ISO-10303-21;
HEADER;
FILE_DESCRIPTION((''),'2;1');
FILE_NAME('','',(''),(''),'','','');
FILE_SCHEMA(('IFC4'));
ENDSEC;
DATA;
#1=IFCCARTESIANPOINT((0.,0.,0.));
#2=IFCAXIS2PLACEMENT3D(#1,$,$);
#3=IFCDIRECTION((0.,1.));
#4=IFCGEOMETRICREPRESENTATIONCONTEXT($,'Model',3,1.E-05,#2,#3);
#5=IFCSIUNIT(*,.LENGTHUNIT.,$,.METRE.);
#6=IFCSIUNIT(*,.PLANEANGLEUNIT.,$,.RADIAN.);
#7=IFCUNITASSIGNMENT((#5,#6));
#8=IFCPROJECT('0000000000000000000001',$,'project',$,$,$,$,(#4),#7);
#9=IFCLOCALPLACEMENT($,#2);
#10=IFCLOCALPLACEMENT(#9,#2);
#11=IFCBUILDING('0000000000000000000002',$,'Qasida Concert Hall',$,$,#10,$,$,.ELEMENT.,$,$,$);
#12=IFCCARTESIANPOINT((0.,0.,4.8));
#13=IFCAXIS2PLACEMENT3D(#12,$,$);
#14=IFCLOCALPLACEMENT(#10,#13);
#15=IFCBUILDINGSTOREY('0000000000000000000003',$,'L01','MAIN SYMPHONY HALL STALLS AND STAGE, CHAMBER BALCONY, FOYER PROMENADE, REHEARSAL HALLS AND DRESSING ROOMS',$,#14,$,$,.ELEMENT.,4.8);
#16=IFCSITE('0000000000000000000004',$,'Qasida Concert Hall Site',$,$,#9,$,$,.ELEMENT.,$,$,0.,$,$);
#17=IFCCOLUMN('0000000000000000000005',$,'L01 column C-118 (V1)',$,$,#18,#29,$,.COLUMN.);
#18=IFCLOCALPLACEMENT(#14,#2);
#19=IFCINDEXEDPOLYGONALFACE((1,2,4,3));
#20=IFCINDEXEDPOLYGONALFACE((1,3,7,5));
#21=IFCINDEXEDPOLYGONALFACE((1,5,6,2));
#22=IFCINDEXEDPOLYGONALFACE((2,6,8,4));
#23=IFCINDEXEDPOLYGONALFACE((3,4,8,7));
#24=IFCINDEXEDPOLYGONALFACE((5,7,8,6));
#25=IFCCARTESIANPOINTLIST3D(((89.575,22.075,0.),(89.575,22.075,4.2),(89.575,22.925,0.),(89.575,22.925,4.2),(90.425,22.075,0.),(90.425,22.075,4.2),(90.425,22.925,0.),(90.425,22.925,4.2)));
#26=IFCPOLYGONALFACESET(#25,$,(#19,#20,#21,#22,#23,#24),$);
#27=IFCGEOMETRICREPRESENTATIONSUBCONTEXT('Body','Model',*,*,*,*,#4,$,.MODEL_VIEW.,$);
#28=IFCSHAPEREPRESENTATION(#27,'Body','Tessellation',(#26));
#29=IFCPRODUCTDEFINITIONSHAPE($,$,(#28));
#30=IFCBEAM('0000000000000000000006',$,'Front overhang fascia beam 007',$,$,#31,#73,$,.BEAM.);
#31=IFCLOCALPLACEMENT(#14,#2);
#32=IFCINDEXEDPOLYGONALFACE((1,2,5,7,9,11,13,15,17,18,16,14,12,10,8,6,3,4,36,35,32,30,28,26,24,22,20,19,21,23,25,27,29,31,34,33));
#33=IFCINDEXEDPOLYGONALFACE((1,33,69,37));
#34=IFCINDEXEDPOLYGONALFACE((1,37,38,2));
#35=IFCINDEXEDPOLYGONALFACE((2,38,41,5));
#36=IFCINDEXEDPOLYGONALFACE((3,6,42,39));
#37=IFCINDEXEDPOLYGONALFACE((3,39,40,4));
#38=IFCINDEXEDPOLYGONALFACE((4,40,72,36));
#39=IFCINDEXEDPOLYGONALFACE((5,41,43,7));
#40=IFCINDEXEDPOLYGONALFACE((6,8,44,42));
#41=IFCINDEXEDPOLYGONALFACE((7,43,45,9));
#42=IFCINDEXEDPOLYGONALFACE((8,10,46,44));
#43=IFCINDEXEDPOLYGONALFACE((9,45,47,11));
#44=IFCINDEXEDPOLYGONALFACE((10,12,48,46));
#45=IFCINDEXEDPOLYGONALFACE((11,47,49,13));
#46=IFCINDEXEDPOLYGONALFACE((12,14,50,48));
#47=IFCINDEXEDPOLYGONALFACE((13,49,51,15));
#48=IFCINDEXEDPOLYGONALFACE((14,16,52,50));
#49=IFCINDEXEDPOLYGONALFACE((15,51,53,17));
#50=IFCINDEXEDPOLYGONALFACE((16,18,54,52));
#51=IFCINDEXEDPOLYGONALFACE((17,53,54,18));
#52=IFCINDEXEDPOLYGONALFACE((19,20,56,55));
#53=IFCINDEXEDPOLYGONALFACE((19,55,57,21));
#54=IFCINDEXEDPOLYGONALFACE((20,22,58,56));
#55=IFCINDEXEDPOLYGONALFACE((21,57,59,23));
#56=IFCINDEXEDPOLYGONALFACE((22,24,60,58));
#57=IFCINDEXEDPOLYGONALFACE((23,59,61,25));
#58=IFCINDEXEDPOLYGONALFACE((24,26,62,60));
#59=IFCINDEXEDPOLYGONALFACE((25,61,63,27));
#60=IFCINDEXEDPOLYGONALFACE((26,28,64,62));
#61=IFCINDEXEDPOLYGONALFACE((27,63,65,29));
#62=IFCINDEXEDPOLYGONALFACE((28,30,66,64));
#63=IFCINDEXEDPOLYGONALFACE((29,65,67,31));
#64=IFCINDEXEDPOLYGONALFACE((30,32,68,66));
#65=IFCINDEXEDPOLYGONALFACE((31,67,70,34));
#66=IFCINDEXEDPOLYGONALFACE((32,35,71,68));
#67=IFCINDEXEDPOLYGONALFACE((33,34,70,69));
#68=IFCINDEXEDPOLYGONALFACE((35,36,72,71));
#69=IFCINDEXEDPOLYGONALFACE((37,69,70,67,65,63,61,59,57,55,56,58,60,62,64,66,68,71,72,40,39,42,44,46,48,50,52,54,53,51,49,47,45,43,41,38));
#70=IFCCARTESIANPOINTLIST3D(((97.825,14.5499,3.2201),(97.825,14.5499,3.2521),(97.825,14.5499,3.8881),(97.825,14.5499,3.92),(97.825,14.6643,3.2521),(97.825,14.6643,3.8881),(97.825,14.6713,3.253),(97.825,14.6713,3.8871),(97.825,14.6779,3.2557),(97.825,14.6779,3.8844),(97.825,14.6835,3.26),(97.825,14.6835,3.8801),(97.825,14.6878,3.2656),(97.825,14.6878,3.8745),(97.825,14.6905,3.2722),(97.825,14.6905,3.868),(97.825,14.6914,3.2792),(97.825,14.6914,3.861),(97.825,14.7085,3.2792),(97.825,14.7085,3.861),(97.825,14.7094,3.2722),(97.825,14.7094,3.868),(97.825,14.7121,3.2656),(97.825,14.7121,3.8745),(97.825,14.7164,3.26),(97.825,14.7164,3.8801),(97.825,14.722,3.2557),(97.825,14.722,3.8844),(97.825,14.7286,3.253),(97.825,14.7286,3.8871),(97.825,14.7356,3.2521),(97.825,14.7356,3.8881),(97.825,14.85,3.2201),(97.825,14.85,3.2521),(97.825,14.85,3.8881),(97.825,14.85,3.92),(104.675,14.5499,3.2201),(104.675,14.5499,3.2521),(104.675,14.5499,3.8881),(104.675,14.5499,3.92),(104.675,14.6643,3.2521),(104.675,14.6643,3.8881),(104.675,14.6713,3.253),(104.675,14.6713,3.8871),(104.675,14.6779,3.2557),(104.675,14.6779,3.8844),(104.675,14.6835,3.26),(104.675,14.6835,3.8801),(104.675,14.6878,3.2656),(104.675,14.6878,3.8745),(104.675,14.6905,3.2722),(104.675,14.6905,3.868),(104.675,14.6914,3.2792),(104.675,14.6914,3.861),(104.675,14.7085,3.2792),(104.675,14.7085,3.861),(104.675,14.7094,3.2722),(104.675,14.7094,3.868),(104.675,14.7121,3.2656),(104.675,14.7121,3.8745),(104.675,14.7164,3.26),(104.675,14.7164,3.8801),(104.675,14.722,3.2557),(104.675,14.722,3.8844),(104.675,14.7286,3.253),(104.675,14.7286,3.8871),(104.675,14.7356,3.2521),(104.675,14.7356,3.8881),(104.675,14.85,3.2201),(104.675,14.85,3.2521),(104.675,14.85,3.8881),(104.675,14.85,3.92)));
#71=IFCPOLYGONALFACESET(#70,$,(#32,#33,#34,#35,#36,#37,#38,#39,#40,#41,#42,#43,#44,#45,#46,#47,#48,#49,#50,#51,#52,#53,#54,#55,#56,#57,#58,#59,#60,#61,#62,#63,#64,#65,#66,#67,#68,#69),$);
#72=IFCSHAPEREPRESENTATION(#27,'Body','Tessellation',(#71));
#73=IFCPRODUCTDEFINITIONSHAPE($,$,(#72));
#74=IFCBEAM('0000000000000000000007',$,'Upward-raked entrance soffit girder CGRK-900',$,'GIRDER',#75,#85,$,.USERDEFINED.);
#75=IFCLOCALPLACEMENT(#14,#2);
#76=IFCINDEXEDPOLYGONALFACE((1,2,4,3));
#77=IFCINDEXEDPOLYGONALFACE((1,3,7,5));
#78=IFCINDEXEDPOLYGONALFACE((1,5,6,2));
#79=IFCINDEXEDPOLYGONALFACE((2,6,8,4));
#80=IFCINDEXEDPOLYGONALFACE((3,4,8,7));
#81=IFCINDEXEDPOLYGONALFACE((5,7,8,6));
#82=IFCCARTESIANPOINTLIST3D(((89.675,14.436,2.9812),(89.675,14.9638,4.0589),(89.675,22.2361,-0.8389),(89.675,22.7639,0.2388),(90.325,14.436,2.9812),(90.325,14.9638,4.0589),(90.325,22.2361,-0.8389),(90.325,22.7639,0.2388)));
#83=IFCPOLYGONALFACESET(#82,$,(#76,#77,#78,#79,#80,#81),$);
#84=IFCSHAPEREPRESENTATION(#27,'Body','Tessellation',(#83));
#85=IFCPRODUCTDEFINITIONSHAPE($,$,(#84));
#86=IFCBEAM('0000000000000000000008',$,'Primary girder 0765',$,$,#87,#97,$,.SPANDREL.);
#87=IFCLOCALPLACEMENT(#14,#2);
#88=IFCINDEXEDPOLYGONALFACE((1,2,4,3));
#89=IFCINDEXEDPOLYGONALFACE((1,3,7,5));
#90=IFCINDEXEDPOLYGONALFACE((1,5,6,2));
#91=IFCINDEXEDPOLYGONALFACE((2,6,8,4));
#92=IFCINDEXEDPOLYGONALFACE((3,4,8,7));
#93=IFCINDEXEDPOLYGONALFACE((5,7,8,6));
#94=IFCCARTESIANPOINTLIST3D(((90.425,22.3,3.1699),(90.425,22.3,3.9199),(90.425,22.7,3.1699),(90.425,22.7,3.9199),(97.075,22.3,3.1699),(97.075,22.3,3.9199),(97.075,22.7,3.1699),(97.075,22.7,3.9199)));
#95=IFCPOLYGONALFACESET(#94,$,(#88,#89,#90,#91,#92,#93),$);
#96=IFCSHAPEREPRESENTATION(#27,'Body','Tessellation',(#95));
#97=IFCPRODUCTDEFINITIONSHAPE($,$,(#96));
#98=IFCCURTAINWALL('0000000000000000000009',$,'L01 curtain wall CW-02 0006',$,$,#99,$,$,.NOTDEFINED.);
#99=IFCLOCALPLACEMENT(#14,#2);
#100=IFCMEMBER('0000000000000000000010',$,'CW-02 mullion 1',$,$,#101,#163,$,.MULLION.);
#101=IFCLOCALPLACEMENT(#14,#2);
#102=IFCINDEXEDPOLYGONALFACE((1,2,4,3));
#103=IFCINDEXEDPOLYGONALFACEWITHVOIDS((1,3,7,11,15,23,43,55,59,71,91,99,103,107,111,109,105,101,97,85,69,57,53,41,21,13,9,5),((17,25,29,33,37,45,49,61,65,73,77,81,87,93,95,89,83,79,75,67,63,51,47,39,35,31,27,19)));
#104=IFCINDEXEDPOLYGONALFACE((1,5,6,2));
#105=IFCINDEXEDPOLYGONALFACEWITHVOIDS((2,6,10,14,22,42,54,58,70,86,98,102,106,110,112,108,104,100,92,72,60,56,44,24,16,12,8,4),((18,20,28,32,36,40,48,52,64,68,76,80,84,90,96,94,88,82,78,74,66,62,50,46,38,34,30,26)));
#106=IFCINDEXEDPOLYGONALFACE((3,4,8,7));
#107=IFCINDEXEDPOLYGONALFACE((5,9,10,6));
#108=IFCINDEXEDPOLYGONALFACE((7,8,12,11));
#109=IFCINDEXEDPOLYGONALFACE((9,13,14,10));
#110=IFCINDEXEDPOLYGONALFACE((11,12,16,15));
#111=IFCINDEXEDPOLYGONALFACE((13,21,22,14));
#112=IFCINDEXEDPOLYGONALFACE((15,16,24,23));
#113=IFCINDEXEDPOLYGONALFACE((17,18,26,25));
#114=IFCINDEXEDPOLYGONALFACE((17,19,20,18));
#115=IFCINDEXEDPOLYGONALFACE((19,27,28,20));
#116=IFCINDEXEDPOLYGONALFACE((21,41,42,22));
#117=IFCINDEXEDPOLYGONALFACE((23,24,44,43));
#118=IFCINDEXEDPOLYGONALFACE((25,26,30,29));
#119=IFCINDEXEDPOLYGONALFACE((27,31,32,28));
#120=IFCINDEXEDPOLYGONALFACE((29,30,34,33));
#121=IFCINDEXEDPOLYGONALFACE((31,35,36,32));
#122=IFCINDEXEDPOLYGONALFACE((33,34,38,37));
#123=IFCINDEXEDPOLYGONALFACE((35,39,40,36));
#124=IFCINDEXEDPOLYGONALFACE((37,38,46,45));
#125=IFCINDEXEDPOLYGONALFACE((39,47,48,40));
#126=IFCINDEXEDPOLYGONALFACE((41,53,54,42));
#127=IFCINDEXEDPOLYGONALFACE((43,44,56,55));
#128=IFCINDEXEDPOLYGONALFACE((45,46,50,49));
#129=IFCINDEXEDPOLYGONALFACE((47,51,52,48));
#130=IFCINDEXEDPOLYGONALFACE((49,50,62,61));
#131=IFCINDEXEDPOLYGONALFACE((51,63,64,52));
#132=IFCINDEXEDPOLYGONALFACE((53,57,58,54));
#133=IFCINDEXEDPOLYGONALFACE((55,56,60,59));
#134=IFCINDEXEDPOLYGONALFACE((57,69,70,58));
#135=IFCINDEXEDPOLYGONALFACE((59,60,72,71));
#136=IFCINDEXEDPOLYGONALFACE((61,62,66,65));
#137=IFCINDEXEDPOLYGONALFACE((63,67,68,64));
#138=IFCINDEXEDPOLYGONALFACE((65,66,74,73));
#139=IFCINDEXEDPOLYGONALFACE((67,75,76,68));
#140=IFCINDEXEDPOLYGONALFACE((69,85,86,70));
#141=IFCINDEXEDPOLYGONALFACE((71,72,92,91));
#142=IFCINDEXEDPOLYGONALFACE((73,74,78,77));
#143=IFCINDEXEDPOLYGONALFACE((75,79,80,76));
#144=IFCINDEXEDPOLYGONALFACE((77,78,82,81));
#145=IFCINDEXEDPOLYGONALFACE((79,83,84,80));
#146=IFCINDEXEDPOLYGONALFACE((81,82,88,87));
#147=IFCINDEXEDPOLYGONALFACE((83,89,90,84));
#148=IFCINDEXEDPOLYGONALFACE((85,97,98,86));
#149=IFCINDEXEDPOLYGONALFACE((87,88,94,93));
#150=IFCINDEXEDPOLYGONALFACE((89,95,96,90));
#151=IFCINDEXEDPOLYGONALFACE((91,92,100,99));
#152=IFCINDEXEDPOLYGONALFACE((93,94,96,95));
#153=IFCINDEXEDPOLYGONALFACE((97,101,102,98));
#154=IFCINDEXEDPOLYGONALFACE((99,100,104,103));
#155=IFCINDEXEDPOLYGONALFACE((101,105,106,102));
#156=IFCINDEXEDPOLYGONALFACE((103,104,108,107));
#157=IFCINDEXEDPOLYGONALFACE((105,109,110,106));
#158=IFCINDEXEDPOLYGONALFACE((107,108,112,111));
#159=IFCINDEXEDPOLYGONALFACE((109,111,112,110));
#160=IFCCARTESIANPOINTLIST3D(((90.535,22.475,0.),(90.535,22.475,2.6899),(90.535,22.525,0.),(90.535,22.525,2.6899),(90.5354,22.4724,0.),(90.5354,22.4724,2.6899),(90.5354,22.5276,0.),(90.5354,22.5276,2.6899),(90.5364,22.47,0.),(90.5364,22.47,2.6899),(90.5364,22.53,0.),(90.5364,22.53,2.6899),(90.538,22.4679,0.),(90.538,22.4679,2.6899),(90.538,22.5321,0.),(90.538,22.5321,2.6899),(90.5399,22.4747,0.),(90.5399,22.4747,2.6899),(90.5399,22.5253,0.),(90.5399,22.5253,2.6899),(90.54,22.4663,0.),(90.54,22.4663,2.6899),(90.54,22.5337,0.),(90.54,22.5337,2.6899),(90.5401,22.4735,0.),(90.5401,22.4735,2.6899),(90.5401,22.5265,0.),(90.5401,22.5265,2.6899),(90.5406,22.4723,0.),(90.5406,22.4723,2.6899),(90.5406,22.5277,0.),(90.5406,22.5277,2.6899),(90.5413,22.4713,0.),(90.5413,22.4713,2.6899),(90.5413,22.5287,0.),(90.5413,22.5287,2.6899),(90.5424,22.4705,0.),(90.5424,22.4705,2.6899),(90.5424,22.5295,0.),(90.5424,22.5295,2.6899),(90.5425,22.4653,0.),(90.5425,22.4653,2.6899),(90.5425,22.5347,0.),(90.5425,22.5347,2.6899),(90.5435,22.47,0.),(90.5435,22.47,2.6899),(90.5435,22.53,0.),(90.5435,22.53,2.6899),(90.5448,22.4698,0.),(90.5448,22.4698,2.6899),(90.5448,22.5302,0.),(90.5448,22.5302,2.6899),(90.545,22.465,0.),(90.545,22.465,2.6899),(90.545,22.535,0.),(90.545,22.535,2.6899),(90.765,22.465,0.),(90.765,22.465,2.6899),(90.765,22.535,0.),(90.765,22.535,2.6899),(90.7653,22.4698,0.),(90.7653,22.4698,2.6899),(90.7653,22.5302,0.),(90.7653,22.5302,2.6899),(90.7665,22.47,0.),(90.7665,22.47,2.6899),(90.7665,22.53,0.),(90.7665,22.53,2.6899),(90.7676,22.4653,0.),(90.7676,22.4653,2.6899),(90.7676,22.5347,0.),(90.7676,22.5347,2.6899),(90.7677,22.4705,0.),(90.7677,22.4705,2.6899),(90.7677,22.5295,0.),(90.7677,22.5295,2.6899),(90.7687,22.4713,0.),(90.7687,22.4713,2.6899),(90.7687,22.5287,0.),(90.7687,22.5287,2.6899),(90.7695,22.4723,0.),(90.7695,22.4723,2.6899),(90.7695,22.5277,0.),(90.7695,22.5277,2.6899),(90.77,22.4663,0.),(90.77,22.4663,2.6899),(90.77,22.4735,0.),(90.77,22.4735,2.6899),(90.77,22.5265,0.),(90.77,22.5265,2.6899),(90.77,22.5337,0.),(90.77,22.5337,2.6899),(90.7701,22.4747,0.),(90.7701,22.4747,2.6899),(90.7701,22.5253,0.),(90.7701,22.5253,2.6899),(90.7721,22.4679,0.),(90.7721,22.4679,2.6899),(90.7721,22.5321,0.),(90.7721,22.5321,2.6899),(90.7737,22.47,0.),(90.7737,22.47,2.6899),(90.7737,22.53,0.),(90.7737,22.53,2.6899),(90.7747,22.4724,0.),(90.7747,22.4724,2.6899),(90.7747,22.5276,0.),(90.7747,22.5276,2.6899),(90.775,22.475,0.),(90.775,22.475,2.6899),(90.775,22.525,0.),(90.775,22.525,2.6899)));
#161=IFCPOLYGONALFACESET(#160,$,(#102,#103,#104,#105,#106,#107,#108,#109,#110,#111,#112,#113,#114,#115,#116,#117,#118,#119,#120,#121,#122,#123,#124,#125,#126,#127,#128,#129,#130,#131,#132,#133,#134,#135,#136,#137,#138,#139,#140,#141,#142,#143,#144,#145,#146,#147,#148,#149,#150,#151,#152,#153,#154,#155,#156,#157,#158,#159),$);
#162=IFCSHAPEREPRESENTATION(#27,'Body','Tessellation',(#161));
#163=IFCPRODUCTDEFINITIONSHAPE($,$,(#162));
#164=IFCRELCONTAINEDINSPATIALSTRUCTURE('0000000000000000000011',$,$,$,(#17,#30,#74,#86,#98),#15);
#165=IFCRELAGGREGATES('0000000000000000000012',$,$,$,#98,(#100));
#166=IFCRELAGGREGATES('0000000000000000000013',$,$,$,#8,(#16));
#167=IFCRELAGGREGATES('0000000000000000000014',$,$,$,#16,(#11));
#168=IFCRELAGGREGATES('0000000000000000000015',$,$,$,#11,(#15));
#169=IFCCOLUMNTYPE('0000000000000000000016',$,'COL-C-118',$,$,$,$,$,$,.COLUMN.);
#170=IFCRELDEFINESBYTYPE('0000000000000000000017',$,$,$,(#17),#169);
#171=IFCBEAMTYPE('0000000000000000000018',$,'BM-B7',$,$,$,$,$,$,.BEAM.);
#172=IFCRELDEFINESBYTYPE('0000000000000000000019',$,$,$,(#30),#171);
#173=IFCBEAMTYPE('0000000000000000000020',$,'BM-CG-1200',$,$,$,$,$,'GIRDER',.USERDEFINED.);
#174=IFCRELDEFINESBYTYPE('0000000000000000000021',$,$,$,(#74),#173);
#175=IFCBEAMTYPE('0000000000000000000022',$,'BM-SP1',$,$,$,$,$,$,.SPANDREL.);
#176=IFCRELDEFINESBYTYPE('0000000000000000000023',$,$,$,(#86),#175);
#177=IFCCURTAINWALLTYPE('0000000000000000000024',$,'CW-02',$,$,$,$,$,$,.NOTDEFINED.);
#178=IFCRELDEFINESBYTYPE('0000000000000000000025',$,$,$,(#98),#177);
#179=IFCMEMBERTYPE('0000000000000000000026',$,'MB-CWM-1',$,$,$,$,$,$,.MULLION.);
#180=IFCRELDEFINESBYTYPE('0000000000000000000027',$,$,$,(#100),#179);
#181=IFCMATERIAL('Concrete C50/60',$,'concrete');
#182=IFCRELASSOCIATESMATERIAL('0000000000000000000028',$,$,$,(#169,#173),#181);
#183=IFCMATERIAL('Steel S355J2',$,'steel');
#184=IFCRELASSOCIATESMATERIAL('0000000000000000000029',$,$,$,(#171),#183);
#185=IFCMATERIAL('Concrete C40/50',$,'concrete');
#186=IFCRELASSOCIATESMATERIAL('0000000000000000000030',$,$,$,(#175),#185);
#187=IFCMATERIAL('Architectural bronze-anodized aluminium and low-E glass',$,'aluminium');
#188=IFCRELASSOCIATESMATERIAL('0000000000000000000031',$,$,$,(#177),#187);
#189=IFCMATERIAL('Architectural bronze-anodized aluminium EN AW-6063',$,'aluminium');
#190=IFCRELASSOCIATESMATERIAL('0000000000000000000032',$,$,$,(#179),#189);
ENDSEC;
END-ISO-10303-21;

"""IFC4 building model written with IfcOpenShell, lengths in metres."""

from ifc_helpers import new_model, si_unit, direction, frame, origin, origin_2d, place, context, subcontext, project, spatial, rectangle, hollow_rectangle, i_section, extrude, material, material_profile, profile_set, type_object, element, aggregate, save


model = new_model("IFC4")

# Units and contexts
model_context = context("Model", 3, precision=1e-05, world=origin(), true_north=direction((0.0, 1.0)))
body_context = subcontext(model_context, "Body", "Model", "MODEL_VIEW")
ifc_project = project(units=[si_unit("LENGTHUNIT", "METRE"), si_unit("PLANEANGLEUNIT", "RADIAN")], contexts=[model_context])

# Site, building, storey
site_placement = place(None, origin())
site = spatial("IfcSite", under=ifc_project, at=site_placement, Name="Qasida Concert Hall Site", CompositionType="ELEMENT", RefElevation=0.0)
building_placement = place(site_placement, origin())
building = spatial("IfcBuilding", under=site, at=building_placement, Name="Qasida Concert Hall", CompositionType="ELEMENT")
storey_placement = place(building_placement, frame((0.0, 0.0, 4.8)))
storey = spatial("IfcBuildingStorey", under=building, at=storey_placement, Name="L01", Description="MAIN SYMPHONY HALL STALLS AND STAGE, CHAMBER BALCONY, FOYER PROMENADE, REHEARSAL HALLS AND DRESSING ROOMS", CompositionType="ELEMENT", Elevation=4.8)

# Column
ifc_material_1 = material(Name="Concrete C50/60", Category="concrete")
ifc_material_profile_1 = material_profile(ifc_material_1, rectangle(XDim=0.8501, YDim=0.8501, at=origin_2d()), Name="RC 850x850")
ifc_profile_set_1 = profile_set([ifc_material_profile_1], Name="Concrete C50/60")
column_type = type_object("IfcColumnType", Name="COL-C-118", PredefinedType="COLUMN", material=ifc_profile_set_1)
column_placement = place(storey_placement, frame((90.0, 22.5, 0.0), z_axis=(0.0, 0.0, 1.0), x_axis=(1.0, 0.0, 0.0)))
element("IfcColumn", 1, at=column_placement, inside=storey, type_object=column_type, Name="L01 column C-118 (V1)", PredefinedType="COLUMN", context=body_context, shape_type="SweptSolid", body=[
    extrude(rectangle(XDim=0.8501, YDim=0.8501, at=origin_2d()), origin(), (0.0, 0.0, 1.0), 4.2),
])

# Beams
ifc_material_2 = material(Name="Steel S355J2", Category="steel")
ifc_material_profile_2 = material_profile(ifc_material_2, i_section(OverallWidth=0.3, OverallDepth=0.7, WebThickness=0.0171, FlangeThickness=0.032, FilletRadius=0.0271, at=origin_2d()), Name="HEB 700")
ifc_profile_set_2 = profile_set([ifc_material_profile_2], Name="Steel S355J2")
beam_type_1 = type_object("IfcBeamType", Name="BM-B7", PredefinedType="BEAM", material=ifc_profile_set_2)
beam_1_placement = place(storey_placement, frame((97.825, 14.7, 3.5701), z_axis=(1.0, 0.0, 0.0), x_axis=(0.0, 1.0, 0.0)))
element("IfcBeam", 2, at=beam_1_placement, inside=storey, type_object=beam_type_1, Name="Front overhang fascia beam 007", PredefinedType="BEAM", context=body_context, shape_type="SweptSolid", body=[
    extrude(i_section(OverallWidth=0.3, OverallDepth=0.7, WebThickness=0.0171, FlangeThickness=0.032, FilletRadius=0.0271, at=origin_2d()), origin(), (0.0, 0.0, 1.0), 6.8501),
])
ifc_material_profile_3 = material_profile(ifc_material_1, rectangle(XDim=0.6499, YDim=1.2, at=origin_2d()), Name="RC 650x1200")
ifc_profile_set_3 = profile_set([ifc_material_profile_3], Name="Concrete C50/60")
beam_type_2 = type_object("IfcBeamType", Name="BM-CG-1200", ElementType="GIRDER", PredefinedType="USERDEFINED", material=ifc_profile_set_3)
beam_2_placement = place(storey_placement, frame((90.0, 22.5, -0.3), z_axis=(0.0, -0.898079, 0.439834), x_axis=(1.0, 0.0, 0.0)))
element("IfcBeam", 3, at=beam_2_placement, inside=storey, type_object=beam_type_2, Name="Upward-raked entrance soffit girder CGRK-900", ObjectType="GIRDER", PredefinedType="USERDEFINED", context=body_context, shape_type="SweptSolid", body=[
    extrude(rectangle(XDim=0.6499, YDim=1.2, at=origin_2d()), origin(), (0.0, 0.0, 1.0), 8.6853),
])
ifc_material_3 = material(Name="Concrete C40/50", Category="concrete")
ifc_material_profile_4 = material_profile(ifc_material_3, rectangle(XDim=0.3999, YDim=0.75, at=origin_2d()), Name="RC 400x750")
ifc_profile_set_4 = profile_set([ifc_material_profile_4], Name="Concrete C40/50")
beam_type_3 = type_object("IfcBeamType", Name="BM-SP1", PredefinedType="SPANDREL", material=ifc_profile_set_4)
beam_3_placement = place(storey_placement, frame((90.425, 22.5, 3.5449), z_axis=(1.0, 0.0, 0.0), x_axis=(0.0, 1.0, 0.0)))
element("IfcBeam", 4, at=beam_3_placement, inside=storey, type_object=beam_type_3, Name="Primary girder 0765", PredefinedType="SPANDREL", context=body_context, shape_type="SweptSolid", body=[
    extrude(rectangle(XDim=0.3999, YDim=0.75, at=origin_2d()), origin(), (0.0, 0.0, 1.0), 6.6499),
])

# Curtain wall, member
ifc_material_4 = material(Name="Architectural bronze-anodized aluminium and low-E glass", Category="aluminium")
curtain_wall_type = type_object("IfcCurtainWallType", Name="CW-02", PredefinedType="NOTDEFINED", material=ifc_material_4)
curtain_wall_placement = place(storey_placement, origin())
curtain_wall = element("IfcCurtainWall", 5, at=curtain_wall_placement, inside=storey, type_object=curtain_wall_type, Name="L01 curtain wall CW-02 0006", PredefinedType="NOTDEFINED")
ifc_material_5 = material(Name="Architectural bronze-anodized aluminium EN AW-6063", Category="aluminium")
ifc_material_profile_5 = material_profile(ifc_material_5, hollow_rectangle(XDim=0.0701, YDim=0.24, WallThickness=0.0049, InnerFilletRadius=0.0049, OuterFilletRadius=0.01, at=origin_2d()), Name="CWM 240x70x5")
ifc_profile_set_5 = profile_set([ifc_material_profile_5], Name="Architectural bronze-anodized aluminium EN AW-6063")
member_type_1 = type_object("IfcMemberType", Name="MB-CWM-1", PredefinedType="MULLION", material=ifc_profile_set_5)
member_1_placement = place(storey_placement, frame((90.655, 22.5, 0.0), z_axis=(0.0, 0.0, 1.0), x_axis=(0.0, 1.0, 0.0)))
member_1 = element("IfcMember", 6, at=member_1_placement, type_object=member_type_1, Name="CW-02 mullion 1", PredefinedType="MULLION", context=body_context, shape_type="SweptSolid", body=[
    extrude(hollow_rectangle(XDim=0.0701, YDim=0.24, WallThickness=0.0049, InnerFilletRadius=0.0049, OuterFilletRadius=0.01, at=origin_2d()), origin(), (0.0, 0.0, 1.0), 2.6899),
])
aggregate(curtain_wall, [member_1])

save(model, "model.ifc")
